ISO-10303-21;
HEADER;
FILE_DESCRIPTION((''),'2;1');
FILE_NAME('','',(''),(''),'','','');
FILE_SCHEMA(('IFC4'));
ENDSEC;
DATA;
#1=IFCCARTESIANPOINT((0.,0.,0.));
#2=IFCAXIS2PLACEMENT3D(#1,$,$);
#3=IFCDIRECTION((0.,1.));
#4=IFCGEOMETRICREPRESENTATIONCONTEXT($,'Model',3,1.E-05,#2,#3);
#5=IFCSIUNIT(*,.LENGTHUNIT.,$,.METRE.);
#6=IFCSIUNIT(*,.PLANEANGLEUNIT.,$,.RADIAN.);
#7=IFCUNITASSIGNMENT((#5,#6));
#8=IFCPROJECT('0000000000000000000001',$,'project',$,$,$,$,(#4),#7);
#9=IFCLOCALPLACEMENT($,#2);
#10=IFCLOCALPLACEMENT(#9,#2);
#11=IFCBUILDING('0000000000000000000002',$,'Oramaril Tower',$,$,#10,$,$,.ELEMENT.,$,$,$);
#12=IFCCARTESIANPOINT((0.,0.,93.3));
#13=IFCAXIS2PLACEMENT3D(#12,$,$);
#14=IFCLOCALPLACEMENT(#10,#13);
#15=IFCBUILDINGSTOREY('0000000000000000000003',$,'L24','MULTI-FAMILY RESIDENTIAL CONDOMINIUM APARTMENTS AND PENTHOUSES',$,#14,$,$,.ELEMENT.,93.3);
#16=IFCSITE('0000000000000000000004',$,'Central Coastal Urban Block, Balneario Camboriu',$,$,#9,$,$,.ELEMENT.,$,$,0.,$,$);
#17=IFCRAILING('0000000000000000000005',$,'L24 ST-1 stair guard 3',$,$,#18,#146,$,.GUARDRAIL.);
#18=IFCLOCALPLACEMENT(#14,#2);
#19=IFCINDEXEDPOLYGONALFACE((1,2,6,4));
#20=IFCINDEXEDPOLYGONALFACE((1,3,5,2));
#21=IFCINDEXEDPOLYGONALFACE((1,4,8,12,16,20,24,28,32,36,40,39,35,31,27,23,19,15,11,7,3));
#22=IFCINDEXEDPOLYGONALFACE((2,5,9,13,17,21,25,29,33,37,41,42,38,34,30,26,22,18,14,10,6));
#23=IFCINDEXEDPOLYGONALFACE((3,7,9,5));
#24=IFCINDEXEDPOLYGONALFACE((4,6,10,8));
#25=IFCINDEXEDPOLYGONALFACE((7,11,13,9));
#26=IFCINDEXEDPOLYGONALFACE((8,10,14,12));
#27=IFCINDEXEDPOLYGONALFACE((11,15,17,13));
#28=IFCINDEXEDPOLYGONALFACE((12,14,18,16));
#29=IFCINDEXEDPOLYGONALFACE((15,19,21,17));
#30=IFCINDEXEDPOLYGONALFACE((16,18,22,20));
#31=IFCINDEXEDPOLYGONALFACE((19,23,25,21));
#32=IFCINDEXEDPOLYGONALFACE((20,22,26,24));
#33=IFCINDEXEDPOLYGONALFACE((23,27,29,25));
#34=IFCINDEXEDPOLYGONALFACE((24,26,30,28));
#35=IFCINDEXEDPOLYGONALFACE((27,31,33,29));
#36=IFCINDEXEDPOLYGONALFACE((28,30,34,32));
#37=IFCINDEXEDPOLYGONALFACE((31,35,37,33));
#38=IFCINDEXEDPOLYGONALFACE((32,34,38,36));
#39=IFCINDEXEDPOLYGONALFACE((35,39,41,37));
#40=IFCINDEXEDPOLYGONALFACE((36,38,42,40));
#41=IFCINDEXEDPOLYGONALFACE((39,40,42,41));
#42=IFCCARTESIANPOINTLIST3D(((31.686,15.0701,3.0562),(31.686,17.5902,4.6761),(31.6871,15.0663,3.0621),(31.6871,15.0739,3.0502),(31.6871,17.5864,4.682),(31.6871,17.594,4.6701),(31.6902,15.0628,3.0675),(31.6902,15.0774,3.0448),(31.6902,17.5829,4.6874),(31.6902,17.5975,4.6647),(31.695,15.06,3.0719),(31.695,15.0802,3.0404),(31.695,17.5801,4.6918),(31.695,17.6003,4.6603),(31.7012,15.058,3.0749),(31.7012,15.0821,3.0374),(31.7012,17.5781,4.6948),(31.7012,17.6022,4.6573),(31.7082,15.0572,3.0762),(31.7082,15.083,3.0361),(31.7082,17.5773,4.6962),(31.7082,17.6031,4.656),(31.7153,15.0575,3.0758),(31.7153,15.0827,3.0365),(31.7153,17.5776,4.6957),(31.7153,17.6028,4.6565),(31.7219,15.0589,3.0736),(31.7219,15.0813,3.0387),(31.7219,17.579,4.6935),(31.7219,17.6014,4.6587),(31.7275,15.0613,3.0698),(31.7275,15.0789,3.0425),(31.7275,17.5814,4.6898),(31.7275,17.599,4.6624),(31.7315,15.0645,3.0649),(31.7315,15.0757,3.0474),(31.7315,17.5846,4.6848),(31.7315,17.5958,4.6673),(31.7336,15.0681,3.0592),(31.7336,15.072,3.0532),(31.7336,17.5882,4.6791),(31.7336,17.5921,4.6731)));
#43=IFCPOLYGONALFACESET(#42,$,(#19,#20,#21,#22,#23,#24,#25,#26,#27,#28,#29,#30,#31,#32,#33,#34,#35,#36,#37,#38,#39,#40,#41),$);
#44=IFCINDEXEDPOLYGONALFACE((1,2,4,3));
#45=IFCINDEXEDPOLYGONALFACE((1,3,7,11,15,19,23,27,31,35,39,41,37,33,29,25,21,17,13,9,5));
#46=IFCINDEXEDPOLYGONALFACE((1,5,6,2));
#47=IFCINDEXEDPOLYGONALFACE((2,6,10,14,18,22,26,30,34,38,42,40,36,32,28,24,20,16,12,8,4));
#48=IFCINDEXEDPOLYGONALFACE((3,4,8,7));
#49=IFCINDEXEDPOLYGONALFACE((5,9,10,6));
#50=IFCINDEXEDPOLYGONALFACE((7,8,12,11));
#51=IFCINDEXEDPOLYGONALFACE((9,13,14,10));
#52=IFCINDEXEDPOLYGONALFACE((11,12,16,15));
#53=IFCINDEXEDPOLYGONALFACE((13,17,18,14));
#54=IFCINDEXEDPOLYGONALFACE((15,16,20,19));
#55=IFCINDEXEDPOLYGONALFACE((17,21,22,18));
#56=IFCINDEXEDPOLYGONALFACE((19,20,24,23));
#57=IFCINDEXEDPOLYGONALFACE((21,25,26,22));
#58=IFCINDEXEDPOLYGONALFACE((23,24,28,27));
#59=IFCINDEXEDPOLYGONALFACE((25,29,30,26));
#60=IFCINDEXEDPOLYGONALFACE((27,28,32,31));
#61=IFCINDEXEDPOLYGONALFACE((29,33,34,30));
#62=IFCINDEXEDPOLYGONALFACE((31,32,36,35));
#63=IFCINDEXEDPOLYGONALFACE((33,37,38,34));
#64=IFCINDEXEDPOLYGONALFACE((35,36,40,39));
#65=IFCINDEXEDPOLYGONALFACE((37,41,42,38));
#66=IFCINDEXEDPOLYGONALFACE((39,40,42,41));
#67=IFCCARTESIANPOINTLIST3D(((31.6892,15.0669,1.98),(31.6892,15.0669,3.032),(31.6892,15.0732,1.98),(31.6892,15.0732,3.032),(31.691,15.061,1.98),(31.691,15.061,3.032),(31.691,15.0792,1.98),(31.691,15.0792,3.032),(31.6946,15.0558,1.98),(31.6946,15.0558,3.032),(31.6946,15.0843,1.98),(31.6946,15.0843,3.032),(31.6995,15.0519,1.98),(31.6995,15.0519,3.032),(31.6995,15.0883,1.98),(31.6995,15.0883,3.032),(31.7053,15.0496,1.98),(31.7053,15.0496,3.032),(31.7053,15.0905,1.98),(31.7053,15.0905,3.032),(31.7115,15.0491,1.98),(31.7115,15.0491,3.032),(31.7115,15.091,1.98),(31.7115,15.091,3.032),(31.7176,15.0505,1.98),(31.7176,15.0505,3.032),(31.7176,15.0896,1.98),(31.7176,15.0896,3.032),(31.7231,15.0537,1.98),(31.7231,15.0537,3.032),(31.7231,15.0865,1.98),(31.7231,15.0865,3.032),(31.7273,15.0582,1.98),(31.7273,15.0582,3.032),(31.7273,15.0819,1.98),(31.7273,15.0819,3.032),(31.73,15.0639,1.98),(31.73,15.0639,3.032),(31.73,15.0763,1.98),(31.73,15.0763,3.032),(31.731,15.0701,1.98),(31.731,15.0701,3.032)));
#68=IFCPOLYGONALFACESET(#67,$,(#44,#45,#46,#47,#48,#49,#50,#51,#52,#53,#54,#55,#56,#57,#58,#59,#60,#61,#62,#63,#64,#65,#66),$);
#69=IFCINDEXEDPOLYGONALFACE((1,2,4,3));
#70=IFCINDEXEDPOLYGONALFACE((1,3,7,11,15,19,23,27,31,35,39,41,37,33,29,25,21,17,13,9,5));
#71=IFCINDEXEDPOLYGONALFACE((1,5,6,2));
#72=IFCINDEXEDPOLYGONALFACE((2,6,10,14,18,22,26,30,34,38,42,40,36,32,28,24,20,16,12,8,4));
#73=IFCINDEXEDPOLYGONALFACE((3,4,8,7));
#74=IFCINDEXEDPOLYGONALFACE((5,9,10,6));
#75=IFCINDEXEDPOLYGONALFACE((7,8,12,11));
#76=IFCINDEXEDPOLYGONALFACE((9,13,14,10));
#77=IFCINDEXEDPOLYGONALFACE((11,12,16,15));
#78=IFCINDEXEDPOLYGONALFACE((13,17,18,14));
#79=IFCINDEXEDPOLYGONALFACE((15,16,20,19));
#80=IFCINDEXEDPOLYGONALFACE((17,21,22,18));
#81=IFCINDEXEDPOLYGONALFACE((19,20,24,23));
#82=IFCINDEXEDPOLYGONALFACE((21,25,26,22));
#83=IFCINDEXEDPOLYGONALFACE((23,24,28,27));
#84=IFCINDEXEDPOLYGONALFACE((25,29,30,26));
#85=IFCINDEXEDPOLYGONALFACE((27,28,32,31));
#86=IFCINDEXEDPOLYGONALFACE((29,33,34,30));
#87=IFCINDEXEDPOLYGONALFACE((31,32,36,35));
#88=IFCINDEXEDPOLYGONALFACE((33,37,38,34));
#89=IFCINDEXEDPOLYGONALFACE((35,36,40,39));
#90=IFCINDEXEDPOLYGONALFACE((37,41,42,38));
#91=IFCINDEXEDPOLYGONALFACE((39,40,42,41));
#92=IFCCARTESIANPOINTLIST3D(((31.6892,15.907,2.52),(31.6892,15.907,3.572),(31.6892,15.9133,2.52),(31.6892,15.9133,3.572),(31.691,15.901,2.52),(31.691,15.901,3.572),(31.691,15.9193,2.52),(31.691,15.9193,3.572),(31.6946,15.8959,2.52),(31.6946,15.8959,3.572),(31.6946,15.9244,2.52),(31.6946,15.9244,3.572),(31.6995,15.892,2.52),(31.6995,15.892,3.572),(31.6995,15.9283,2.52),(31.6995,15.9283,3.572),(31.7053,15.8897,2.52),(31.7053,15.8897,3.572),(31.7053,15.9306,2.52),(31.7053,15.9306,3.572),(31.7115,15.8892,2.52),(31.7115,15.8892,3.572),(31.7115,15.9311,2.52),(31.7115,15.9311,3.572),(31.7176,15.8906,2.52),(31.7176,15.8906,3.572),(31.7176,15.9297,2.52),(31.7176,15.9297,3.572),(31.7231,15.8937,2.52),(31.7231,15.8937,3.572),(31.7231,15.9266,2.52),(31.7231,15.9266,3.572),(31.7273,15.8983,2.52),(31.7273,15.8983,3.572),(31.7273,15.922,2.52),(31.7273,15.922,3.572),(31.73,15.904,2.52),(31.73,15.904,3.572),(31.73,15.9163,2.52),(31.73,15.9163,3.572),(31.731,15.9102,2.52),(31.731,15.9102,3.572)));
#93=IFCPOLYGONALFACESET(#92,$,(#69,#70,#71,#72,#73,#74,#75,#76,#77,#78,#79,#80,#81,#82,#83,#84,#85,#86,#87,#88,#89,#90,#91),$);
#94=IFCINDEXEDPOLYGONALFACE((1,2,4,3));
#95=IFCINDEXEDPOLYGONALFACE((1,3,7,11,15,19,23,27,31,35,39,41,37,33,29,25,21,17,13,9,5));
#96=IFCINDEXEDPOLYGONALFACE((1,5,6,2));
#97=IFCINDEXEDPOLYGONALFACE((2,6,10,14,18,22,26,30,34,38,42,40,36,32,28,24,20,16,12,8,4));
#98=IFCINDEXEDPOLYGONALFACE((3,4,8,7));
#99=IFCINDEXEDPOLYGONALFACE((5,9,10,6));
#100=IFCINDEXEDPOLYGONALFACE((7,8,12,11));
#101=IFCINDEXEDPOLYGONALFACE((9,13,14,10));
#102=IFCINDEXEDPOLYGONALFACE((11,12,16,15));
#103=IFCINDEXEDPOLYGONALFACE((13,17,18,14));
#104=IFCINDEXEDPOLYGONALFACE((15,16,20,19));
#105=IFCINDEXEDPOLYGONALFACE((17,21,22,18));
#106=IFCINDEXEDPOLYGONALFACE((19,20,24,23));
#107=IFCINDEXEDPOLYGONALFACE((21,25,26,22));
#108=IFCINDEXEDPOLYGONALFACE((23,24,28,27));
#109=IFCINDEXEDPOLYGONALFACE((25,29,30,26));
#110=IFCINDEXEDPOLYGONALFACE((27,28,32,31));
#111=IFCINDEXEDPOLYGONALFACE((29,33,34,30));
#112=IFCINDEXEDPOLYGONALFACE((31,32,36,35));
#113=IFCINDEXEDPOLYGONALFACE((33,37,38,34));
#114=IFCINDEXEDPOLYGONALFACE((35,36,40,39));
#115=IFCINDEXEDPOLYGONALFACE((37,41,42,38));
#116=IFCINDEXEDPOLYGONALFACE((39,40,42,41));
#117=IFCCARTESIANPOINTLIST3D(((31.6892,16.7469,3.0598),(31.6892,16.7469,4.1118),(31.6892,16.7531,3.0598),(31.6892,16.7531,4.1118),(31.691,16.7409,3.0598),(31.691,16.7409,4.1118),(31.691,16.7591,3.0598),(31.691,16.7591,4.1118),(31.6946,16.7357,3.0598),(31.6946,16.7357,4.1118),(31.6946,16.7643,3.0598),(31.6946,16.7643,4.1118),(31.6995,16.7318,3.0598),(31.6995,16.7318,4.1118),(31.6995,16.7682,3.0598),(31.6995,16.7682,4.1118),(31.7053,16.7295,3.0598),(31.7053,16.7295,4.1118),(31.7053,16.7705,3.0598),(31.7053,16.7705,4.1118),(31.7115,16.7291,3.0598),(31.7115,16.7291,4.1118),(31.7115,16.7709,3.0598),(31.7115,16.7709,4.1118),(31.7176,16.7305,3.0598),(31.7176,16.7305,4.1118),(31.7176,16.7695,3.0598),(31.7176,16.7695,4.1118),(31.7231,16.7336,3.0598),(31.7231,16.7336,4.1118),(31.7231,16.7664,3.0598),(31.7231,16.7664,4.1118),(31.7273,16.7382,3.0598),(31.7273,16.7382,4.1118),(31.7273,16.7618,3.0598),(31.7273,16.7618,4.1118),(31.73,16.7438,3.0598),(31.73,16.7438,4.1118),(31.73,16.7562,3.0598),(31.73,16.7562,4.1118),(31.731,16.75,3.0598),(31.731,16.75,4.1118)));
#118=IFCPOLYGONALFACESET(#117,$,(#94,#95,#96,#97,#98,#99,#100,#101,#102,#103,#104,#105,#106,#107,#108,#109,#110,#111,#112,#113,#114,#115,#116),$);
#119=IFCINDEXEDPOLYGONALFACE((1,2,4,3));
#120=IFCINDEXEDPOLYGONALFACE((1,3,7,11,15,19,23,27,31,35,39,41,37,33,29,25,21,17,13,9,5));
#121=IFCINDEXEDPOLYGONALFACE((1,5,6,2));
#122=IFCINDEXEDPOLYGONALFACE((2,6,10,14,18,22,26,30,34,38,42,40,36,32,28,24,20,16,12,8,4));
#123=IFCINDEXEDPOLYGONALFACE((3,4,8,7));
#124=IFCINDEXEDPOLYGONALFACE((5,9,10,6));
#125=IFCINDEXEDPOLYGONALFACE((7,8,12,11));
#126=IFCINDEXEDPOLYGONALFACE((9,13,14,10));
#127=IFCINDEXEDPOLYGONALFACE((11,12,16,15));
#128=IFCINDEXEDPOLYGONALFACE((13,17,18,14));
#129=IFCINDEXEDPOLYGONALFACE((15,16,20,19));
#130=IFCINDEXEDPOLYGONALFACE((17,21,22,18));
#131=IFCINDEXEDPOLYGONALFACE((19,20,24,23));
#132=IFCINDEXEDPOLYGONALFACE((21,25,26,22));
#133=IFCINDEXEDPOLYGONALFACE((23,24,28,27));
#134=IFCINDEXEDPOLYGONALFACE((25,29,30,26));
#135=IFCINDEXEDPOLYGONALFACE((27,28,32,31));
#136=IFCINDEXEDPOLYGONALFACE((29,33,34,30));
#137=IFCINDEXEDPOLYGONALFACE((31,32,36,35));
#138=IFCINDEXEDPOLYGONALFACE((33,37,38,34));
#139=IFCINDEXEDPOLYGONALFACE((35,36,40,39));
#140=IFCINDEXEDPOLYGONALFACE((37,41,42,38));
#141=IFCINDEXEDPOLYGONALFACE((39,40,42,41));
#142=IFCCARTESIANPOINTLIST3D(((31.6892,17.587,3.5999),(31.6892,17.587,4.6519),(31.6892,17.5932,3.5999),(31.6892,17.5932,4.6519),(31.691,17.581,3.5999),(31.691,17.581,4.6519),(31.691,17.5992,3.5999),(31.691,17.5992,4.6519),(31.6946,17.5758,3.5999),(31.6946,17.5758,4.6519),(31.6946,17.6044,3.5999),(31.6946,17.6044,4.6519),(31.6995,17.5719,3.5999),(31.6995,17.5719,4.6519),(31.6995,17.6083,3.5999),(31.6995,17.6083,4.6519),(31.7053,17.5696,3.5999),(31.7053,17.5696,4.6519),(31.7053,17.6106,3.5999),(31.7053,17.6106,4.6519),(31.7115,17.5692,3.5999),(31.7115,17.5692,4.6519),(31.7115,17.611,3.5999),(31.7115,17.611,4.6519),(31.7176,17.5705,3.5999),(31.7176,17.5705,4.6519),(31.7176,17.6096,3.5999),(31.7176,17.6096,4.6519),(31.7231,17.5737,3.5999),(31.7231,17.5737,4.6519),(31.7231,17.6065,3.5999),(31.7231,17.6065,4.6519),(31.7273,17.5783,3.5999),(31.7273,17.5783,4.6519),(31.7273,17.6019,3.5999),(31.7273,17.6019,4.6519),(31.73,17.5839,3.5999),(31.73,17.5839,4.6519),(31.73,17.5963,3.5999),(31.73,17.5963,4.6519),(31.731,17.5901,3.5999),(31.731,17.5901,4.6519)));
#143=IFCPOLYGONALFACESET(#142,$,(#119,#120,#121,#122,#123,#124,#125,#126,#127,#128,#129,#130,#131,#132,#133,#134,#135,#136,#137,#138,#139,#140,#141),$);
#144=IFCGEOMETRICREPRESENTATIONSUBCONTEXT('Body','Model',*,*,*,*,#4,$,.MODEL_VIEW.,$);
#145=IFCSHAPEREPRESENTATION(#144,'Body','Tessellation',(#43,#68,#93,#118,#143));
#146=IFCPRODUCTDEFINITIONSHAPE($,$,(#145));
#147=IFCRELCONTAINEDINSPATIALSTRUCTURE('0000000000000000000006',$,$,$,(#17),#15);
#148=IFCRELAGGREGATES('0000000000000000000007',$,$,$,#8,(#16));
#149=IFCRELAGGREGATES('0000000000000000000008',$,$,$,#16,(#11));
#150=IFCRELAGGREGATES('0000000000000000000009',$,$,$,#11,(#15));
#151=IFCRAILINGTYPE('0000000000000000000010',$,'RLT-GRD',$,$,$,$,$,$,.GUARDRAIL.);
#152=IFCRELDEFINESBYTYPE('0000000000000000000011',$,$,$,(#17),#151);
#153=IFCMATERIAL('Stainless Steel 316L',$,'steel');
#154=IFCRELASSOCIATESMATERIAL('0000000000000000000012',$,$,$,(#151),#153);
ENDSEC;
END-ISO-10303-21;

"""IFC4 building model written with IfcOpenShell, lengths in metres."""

from ifc_helpers import new_model, si_unit, direction, frame, origin, origin_2d, place, context, subcontext, project, spatial, circle, extrude, material, type_object, element, save


model = new_model("IFC4")

# Units and contexts
model_context = context("Model", 3, precision=1e-05, world=origin(), true_north=direction((0.0, 1.0)))
body_context = subcontext(model_context, "Body", "Model", "MODEL_VIEW")
ifc_project = project(units=[si_unit("LENGTHUNIT", "METRE"), si_unit("PLANEANGLEUNIT", "RADIAN")], contexts=[model_context])

# Site, building, storey
site_placement = place(None, origin())
site = spatial("IfcSite", under=ifc_project, at=site_placement, Name="Central Coastal Urban Block, Balneario Camboriu", CompositionType="ELEMENT", RefElevation=0.0)
building_placement = place(site_placement, origin())
building = spatial("IfcBuilding", under=site, at=building_placement, Name="Oramaril Tower", CompositionType="ELEMENT")
storey_placement = place(building_placement, frame((0.0, 0.0, 93.3)))
storey = spatial("IfcBuildingStorey", under=building, at=storey_placement, Name="L24", Description="MULTI-FAMILY RESIDENTIAL CONDOMINIUM APARTMENTS AND PENTHOUSES", CompositionType="ELEMENT", Elevation=93.3)

# Railing
ifc_material_1 = material(Name="Stainless Steel 316L", Category="steel")
railing_type_1 = type_object("IfcRailingType", Name="RLT-GRD", PredefinedType="GUARDRAIL", material=ifc_material_1)
railing_1_placement = place(storey_placement, frame((31.71, 15.0701, 1.98)))
element("IfcRailing", 1, at=railing_1_placement, inside=storey, type_object=railing_type_1, Name="L24 ST-1 stair guard 3", PredefinedType="GUARDRAIL", context=body_context, shape_type="SweptSolid", body=[
    extrude(circle(Radius=0.0239, at=origin_2d()), frame((0.0, 0.0, 1.0762), z_axis=(0.0, 0.8412, 0.540725), x_axis=(-1.0, 0.0, 0.0)), (0.0, 0.0, 1.0), 2.9958),
    extrude(circle(Radius=0.021, at=origin_2d()), origin(), (0.0, 0.0, 1.0), 1.052),
    extrude(circle(Radius=0.021, at=origin_2d()), frame((0.0, 0.8401, 0.54)), (0.0, 0.0, 1.0), 1.052),
    extrude(circle(Radius=0.021, at=origin_2d()), frame((0.0, 1.6799, 1.0798)), (0.0, 0.0, 1.0), 1.052),
    extrude(circle(Radius=0.021, at=origin_2d()), frame((0.0, 2.52, 1.6199)), (0.0, 0.0, 1.0), 1.052),
])

save(model, "model.ifc")
